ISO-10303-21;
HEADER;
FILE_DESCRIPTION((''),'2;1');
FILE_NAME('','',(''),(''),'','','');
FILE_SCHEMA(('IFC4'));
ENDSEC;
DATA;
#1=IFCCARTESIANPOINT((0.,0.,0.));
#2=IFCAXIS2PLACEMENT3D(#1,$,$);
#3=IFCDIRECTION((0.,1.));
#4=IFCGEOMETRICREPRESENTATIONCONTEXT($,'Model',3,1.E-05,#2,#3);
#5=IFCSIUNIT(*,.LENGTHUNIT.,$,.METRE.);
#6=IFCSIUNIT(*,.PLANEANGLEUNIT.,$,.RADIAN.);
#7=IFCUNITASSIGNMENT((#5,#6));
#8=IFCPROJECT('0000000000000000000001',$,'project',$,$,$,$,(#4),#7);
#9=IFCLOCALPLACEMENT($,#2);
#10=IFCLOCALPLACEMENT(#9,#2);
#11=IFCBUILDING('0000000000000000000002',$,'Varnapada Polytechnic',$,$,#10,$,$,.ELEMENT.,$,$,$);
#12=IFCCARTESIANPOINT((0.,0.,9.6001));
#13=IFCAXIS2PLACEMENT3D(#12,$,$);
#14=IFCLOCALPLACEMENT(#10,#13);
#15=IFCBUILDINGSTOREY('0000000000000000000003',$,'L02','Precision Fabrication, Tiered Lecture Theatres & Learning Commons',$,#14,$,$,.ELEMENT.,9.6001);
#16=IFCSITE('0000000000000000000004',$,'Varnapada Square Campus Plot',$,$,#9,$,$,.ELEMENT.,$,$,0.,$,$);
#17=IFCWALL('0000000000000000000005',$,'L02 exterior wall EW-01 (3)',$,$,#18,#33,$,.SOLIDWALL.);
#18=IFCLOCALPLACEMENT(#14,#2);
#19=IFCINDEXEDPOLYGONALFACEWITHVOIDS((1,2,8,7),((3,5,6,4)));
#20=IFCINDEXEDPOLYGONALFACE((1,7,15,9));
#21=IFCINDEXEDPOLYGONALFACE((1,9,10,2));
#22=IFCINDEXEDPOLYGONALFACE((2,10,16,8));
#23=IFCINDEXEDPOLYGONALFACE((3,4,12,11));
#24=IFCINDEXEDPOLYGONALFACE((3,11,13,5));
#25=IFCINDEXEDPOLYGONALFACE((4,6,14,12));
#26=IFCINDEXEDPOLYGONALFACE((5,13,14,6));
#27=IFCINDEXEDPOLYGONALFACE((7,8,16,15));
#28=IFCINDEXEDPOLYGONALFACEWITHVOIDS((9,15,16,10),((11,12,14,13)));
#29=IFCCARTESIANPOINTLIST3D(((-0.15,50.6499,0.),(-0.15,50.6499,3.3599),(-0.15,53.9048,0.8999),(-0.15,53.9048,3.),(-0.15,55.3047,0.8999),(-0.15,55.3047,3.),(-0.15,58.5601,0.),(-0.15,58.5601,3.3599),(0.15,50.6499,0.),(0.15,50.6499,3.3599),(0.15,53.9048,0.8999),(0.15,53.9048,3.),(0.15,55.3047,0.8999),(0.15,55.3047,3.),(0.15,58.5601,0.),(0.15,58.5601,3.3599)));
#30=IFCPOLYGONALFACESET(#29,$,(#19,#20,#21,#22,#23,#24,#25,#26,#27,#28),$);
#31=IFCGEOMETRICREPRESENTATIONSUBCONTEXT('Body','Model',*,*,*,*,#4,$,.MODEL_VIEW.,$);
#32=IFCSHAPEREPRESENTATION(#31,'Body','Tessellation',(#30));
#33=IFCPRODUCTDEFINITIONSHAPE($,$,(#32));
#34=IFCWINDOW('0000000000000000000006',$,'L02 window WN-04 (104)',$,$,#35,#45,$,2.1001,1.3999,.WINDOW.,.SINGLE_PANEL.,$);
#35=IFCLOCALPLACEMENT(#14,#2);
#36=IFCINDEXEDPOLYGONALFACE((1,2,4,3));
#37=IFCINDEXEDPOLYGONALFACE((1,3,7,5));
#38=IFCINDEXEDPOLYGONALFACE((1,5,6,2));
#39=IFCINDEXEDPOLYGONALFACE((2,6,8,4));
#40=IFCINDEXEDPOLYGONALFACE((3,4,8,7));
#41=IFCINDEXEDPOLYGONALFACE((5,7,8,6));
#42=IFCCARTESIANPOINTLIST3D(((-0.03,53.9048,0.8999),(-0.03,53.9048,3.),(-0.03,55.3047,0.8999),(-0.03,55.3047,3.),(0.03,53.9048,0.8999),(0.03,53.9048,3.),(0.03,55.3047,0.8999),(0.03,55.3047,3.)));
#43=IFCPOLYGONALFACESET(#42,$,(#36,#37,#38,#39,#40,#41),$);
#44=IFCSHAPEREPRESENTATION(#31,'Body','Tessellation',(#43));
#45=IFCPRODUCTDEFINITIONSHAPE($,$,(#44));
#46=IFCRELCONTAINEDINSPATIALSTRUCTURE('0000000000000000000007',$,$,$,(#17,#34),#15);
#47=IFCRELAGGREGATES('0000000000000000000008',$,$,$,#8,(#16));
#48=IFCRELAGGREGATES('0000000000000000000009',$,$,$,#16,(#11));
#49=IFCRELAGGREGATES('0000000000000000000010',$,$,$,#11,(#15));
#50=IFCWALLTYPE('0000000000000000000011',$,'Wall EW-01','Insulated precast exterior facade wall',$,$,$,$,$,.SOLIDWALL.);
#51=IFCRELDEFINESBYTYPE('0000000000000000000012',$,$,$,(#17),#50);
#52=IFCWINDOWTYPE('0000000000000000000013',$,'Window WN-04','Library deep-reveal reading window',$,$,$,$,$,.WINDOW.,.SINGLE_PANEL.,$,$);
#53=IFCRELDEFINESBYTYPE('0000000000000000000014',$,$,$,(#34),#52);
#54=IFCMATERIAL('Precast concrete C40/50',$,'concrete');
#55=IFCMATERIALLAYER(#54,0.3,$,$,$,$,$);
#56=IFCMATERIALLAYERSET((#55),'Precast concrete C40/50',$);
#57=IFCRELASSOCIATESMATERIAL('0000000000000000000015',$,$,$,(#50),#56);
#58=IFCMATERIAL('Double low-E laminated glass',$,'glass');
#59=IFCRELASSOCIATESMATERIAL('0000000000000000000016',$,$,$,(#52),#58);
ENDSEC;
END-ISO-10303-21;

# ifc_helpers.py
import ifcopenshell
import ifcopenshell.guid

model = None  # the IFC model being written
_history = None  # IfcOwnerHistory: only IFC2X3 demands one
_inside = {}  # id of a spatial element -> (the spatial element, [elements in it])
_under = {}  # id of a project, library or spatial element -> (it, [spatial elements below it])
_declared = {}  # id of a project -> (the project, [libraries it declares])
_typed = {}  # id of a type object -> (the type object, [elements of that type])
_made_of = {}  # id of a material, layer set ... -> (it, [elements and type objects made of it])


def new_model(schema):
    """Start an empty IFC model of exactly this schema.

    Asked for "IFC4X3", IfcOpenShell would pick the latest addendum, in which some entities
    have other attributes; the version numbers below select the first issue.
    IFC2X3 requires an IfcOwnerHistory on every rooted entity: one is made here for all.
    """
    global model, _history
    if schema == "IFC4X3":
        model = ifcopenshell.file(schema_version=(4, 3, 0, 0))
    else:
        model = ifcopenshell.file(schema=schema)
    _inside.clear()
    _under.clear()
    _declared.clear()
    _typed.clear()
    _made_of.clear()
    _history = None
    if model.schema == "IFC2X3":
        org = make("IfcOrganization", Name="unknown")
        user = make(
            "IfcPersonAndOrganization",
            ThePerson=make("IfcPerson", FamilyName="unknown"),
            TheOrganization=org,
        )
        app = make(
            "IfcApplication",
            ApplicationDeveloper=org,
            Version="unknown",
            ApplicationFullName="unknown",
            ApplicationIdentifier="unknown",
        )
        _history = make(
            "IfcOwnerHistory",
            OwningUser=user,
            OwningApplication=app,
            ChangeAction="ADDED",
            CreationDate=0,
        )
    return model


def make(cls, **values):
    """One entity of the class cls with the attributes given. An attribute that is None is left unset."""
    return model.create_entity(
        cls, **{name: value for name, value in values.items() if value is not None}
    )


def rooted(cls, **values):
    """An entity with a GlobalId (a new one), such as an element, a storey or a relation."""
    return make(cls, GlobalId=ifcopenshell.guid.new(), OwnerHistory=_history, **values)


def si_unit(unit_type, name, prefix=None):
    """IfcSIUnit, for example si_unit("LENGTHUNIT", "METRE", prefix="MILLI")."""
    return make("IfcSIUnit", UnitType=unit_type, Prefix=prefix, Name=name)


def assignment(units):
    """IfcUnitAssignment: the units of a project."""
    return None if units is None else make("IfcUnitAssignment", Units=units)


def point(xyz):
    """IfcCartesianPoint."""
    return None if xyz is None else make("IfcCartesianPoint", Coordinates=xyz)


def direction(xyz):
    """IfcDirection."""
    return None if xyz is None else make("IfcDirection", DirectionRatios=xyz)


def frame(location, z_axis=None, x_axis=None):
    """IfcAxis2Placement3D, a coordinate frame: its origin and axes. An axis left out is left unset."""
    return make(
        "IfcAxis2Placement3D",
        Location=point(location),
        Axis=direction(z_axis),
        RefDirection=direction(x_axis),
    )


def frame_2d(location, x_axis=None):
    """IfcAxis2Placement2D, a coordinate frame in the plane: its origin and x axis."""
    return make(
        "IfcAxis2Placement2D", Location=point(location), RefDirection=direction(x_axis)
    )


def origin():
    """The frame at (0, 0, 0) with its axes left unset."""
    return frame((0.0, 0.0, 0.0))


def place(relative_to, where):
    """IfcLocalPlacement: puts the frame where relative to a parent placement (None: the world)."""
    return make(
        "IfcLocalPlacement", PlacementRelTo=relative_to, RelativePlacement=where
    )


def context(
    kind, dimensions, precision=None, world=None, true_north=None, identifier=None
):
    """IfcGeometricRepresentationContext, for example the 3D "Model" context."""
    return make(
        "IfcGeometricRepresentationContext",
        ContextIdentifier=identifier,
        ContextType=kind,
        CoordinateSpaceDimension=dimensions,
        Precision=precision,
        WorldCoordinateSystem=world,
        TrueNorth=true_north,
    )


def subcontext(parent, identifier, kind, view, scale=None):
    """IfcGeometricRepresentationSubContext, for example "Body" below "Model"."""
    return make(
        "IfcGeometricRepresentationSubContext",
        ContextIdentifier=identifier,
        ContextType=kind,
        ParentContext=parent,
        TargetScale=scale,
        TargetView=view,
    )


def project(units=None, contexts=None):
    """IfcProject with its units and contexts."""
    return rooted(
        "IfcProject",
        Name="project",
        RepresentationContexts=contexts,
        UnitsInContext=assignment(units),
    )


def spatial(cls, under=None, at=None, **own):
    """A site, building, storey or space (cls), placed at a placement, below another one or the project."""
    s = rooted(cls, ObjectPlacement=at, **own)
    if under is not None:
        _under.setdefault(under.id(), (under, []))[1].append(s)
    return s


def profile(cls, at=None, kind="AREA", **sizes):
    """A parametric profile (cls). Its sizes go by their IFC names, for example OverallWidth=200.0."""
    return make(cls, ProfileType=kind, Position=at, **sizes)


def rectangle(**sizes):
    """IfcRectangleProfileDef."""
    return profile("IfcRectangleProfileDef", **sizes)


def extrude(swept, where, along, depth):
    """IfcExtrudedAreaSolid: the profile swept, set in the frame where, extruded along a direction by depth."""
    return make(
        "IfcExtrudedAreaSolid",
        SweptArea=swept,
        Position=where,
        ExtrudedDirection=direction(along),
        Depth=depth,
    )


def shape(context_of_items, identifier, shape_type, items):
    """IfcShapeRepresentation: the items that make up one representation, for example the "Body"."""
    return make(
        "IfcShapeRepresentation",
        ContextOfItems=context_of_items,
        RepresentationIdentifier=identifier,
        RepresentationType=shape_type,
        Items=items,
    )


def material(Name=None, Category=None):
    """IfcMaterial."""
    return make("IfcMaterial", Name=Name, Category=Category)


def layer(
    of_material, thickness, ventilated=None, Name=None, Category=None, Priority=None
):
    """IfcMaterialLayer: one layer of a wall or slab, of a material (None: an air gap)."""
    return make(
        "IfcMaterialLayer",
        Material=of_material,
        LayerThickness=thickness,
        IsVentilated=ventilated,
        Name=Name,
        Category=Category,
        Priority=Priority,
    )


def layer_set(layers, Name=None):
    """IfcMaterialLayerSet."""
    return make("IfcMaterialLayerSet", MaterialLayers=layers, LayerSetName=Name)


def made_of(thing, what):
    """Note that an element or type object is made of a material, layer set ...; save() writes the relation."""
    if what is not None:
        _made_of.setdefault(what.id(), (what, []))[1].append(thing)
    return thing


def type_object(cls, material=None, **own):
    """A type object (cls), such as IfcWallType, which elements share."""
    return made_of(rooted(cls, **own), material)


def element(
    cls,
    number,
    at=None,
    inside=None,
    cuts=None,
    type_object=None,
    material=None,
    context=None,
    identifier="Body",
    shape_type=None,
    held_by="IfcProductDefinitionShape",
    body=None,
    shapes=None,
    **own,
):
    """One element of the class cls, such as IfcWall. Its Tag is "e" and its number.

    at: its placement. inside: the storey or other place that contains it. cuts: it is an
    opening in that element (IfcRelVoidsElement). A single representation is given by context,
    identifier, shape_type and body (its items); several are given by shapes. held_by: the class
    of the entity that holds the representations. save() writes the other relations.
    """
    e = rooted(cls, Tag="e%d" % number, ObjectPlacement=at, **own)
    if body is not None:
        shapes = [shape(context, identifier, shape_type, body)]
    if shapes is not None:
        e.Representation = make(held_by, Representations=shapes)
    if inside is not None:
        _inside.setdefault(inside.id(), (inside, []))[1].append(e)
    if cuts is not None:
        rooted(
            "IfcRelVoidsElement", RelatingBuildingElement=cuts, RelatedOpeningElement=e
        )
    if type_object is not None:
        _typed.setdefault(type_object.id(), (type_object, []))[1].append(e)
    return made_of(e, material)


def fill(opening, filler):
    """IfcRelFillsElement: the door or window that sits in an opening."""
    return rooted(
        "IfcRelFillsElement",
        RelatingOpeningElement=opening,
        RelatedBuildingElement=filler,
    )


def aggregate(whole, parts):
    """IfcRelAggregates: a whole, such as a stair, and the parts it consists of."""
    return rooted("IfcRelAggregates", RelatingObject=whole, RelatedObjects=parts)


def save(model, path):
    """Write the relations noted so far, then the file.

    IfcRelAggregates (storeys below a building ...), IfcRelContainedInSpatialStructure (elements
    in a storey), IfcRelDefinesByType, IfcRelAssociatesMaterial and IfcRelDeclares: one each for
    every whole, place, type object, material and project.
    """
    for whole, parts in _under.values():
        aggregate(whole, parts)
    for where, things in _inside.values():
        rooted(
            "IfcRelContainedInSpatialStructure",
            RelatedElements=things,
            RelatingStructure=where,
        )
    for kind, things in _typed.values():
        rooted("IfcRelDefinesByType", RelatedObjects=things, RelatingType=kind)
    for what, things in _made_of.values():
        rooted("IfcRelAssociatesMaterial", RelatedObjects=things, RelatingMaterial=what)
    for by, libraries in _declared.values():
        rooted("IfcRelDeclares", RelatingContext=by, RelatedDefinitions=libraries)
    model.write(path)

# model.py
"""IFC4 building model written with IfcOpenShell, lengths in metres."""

from ifc_helpers import new_model, si_unit, direction, frame, frame_2d, origin, place, context, subcontext, project, spatial, rectangle, extrude, material, layer, layer_set, type_object, element, fill, save


model = new_model("IFC4")

# Units and contexts
model_context = context("Model", 3, precision=1e-05, world=origin(), true_north=direction((0.0, 1.0)))
body_context = subcontext(model_context, "Body", "Model", "MODEL_VIEW")
ifc_project = project(units=[si_unit("LENGTHUNIT", "METRE"), si_unit("PLANEANGLEUNIT", "RADIAN")], contexts=[model_context])

# Site, building, storey
site_placement = place(None, origin())
site = spatial("IfcSite", under=ifc_project, at=site_placement, Name="Varnapada Square Campus Plot", CompositionType="ELEMENT", RefElevation=0.0)
building_placement = place(site_placement, origin())
building = spatial("IfcBuilding", under=site, at=building_placement, Name="Varnapada Polytechnic", CompositionType="ELEMENT")
storey_placement = place(building_placement, frame((0.0, 0.0, 9.6001)))
storey = spatial("IfcBuildingStorey", under=building, at=storey_placement, Name="L02", Description="Precision Fabrication, Tiered Lecture Theatres & Learning Commons", CompositionType="ELEMENT", Elevation=9.6001)

# Wall, opening, window
ifc_material_1 = material(Name="Precast concrete C40/50", Category="concrete")
ifc_layer_1 = layer(ifc_material_1, 0.3)
ifc_layer_set_1 = layer_set([ifc_layer_1], Name="Precast concrete C40/50")
wall_type = type_object("IfcWallType", Name="Wall EW-01", Description="Insulated precast exterior facade wall", PredefinedType="SOLIDWALL", material=ifc_layer_set_1)
wall_placement = place(storey_placement, frame((0.0, 50.6499, 0.0), z_axis=(0.0, 0.0, 1.0), x_axis=(0.0, 1.0, 0.0)))
wall = element("IfcWall", 1, at=wall_placement, inside=storey, type_object=wall_type, Name="L02 exterior wall EW-01 (3)", PredefinedType="SOLIDWALL", context=body_context, shape_type="SweptSolid", body=[
    extrude(rectangle(XDim=7.9102, YDim=0.3, at=frame_2d((3.9551, 0.0))), origin(), (0.0, 0.0, 1.0), 3.3599),
])
opening_1_placement = place(wall_placement, frame((3.2549, 0.0, 0.8999)))
opening_1 = element("IfcOpeningElement", 2, at=opening_1_placement, cuts=wall, PredefinedType="OPENING", context=body_context, shape_type="SweptSolid", body=[
    extrude(rectangle(XDim=1.3999, YDim=2.1001, at=frame_2d((0.7, 1.05))), frame((0.0, 0.1599, 0.0), z_axis=(0.0, -1.0, 0.0), x_axis=(1.0, 0.0, 0.0)), (0.0, 0.0, 1.0), 0.3201),
])
ifc_material_2 = material(Name="Double low-E laminated glass", Category="glass")
window_type = type_object("IfcWindowType", Name="Window WN-04", Description="Library deep-reveal reading window", PartitioningType="SINGLE_PANEL", PredefinedType="WINDOW", material=ifc_material_2)
window_placement = place(opening_1_placement, origin())
window = element("IfcWindow", 3, at=window_placement, inside=storey, type_object=window_type, Name="L02 window WN-04 (104)", OverallHeight=2.1001, OverallWidth=1.3999, PartitioningType="SINGLE_PANEL", PredefinedType="WINDOW", context=body_context, shape_type="SweptSolid", body=[
    extrude(rectangle(XDim=1.3999, YDim=2.1001, at=frame_2d((0.7, 1.05))), frame((0.0, 0.03, 0.0), z_axis=(0.0, -1.0, 0.0), x_axis=(1.0, 0.0, 0.0)), (0.0, 0.0, 1.0), 0.0601),
])
fill(opening_1, window)

save(model, "model.ifc")
